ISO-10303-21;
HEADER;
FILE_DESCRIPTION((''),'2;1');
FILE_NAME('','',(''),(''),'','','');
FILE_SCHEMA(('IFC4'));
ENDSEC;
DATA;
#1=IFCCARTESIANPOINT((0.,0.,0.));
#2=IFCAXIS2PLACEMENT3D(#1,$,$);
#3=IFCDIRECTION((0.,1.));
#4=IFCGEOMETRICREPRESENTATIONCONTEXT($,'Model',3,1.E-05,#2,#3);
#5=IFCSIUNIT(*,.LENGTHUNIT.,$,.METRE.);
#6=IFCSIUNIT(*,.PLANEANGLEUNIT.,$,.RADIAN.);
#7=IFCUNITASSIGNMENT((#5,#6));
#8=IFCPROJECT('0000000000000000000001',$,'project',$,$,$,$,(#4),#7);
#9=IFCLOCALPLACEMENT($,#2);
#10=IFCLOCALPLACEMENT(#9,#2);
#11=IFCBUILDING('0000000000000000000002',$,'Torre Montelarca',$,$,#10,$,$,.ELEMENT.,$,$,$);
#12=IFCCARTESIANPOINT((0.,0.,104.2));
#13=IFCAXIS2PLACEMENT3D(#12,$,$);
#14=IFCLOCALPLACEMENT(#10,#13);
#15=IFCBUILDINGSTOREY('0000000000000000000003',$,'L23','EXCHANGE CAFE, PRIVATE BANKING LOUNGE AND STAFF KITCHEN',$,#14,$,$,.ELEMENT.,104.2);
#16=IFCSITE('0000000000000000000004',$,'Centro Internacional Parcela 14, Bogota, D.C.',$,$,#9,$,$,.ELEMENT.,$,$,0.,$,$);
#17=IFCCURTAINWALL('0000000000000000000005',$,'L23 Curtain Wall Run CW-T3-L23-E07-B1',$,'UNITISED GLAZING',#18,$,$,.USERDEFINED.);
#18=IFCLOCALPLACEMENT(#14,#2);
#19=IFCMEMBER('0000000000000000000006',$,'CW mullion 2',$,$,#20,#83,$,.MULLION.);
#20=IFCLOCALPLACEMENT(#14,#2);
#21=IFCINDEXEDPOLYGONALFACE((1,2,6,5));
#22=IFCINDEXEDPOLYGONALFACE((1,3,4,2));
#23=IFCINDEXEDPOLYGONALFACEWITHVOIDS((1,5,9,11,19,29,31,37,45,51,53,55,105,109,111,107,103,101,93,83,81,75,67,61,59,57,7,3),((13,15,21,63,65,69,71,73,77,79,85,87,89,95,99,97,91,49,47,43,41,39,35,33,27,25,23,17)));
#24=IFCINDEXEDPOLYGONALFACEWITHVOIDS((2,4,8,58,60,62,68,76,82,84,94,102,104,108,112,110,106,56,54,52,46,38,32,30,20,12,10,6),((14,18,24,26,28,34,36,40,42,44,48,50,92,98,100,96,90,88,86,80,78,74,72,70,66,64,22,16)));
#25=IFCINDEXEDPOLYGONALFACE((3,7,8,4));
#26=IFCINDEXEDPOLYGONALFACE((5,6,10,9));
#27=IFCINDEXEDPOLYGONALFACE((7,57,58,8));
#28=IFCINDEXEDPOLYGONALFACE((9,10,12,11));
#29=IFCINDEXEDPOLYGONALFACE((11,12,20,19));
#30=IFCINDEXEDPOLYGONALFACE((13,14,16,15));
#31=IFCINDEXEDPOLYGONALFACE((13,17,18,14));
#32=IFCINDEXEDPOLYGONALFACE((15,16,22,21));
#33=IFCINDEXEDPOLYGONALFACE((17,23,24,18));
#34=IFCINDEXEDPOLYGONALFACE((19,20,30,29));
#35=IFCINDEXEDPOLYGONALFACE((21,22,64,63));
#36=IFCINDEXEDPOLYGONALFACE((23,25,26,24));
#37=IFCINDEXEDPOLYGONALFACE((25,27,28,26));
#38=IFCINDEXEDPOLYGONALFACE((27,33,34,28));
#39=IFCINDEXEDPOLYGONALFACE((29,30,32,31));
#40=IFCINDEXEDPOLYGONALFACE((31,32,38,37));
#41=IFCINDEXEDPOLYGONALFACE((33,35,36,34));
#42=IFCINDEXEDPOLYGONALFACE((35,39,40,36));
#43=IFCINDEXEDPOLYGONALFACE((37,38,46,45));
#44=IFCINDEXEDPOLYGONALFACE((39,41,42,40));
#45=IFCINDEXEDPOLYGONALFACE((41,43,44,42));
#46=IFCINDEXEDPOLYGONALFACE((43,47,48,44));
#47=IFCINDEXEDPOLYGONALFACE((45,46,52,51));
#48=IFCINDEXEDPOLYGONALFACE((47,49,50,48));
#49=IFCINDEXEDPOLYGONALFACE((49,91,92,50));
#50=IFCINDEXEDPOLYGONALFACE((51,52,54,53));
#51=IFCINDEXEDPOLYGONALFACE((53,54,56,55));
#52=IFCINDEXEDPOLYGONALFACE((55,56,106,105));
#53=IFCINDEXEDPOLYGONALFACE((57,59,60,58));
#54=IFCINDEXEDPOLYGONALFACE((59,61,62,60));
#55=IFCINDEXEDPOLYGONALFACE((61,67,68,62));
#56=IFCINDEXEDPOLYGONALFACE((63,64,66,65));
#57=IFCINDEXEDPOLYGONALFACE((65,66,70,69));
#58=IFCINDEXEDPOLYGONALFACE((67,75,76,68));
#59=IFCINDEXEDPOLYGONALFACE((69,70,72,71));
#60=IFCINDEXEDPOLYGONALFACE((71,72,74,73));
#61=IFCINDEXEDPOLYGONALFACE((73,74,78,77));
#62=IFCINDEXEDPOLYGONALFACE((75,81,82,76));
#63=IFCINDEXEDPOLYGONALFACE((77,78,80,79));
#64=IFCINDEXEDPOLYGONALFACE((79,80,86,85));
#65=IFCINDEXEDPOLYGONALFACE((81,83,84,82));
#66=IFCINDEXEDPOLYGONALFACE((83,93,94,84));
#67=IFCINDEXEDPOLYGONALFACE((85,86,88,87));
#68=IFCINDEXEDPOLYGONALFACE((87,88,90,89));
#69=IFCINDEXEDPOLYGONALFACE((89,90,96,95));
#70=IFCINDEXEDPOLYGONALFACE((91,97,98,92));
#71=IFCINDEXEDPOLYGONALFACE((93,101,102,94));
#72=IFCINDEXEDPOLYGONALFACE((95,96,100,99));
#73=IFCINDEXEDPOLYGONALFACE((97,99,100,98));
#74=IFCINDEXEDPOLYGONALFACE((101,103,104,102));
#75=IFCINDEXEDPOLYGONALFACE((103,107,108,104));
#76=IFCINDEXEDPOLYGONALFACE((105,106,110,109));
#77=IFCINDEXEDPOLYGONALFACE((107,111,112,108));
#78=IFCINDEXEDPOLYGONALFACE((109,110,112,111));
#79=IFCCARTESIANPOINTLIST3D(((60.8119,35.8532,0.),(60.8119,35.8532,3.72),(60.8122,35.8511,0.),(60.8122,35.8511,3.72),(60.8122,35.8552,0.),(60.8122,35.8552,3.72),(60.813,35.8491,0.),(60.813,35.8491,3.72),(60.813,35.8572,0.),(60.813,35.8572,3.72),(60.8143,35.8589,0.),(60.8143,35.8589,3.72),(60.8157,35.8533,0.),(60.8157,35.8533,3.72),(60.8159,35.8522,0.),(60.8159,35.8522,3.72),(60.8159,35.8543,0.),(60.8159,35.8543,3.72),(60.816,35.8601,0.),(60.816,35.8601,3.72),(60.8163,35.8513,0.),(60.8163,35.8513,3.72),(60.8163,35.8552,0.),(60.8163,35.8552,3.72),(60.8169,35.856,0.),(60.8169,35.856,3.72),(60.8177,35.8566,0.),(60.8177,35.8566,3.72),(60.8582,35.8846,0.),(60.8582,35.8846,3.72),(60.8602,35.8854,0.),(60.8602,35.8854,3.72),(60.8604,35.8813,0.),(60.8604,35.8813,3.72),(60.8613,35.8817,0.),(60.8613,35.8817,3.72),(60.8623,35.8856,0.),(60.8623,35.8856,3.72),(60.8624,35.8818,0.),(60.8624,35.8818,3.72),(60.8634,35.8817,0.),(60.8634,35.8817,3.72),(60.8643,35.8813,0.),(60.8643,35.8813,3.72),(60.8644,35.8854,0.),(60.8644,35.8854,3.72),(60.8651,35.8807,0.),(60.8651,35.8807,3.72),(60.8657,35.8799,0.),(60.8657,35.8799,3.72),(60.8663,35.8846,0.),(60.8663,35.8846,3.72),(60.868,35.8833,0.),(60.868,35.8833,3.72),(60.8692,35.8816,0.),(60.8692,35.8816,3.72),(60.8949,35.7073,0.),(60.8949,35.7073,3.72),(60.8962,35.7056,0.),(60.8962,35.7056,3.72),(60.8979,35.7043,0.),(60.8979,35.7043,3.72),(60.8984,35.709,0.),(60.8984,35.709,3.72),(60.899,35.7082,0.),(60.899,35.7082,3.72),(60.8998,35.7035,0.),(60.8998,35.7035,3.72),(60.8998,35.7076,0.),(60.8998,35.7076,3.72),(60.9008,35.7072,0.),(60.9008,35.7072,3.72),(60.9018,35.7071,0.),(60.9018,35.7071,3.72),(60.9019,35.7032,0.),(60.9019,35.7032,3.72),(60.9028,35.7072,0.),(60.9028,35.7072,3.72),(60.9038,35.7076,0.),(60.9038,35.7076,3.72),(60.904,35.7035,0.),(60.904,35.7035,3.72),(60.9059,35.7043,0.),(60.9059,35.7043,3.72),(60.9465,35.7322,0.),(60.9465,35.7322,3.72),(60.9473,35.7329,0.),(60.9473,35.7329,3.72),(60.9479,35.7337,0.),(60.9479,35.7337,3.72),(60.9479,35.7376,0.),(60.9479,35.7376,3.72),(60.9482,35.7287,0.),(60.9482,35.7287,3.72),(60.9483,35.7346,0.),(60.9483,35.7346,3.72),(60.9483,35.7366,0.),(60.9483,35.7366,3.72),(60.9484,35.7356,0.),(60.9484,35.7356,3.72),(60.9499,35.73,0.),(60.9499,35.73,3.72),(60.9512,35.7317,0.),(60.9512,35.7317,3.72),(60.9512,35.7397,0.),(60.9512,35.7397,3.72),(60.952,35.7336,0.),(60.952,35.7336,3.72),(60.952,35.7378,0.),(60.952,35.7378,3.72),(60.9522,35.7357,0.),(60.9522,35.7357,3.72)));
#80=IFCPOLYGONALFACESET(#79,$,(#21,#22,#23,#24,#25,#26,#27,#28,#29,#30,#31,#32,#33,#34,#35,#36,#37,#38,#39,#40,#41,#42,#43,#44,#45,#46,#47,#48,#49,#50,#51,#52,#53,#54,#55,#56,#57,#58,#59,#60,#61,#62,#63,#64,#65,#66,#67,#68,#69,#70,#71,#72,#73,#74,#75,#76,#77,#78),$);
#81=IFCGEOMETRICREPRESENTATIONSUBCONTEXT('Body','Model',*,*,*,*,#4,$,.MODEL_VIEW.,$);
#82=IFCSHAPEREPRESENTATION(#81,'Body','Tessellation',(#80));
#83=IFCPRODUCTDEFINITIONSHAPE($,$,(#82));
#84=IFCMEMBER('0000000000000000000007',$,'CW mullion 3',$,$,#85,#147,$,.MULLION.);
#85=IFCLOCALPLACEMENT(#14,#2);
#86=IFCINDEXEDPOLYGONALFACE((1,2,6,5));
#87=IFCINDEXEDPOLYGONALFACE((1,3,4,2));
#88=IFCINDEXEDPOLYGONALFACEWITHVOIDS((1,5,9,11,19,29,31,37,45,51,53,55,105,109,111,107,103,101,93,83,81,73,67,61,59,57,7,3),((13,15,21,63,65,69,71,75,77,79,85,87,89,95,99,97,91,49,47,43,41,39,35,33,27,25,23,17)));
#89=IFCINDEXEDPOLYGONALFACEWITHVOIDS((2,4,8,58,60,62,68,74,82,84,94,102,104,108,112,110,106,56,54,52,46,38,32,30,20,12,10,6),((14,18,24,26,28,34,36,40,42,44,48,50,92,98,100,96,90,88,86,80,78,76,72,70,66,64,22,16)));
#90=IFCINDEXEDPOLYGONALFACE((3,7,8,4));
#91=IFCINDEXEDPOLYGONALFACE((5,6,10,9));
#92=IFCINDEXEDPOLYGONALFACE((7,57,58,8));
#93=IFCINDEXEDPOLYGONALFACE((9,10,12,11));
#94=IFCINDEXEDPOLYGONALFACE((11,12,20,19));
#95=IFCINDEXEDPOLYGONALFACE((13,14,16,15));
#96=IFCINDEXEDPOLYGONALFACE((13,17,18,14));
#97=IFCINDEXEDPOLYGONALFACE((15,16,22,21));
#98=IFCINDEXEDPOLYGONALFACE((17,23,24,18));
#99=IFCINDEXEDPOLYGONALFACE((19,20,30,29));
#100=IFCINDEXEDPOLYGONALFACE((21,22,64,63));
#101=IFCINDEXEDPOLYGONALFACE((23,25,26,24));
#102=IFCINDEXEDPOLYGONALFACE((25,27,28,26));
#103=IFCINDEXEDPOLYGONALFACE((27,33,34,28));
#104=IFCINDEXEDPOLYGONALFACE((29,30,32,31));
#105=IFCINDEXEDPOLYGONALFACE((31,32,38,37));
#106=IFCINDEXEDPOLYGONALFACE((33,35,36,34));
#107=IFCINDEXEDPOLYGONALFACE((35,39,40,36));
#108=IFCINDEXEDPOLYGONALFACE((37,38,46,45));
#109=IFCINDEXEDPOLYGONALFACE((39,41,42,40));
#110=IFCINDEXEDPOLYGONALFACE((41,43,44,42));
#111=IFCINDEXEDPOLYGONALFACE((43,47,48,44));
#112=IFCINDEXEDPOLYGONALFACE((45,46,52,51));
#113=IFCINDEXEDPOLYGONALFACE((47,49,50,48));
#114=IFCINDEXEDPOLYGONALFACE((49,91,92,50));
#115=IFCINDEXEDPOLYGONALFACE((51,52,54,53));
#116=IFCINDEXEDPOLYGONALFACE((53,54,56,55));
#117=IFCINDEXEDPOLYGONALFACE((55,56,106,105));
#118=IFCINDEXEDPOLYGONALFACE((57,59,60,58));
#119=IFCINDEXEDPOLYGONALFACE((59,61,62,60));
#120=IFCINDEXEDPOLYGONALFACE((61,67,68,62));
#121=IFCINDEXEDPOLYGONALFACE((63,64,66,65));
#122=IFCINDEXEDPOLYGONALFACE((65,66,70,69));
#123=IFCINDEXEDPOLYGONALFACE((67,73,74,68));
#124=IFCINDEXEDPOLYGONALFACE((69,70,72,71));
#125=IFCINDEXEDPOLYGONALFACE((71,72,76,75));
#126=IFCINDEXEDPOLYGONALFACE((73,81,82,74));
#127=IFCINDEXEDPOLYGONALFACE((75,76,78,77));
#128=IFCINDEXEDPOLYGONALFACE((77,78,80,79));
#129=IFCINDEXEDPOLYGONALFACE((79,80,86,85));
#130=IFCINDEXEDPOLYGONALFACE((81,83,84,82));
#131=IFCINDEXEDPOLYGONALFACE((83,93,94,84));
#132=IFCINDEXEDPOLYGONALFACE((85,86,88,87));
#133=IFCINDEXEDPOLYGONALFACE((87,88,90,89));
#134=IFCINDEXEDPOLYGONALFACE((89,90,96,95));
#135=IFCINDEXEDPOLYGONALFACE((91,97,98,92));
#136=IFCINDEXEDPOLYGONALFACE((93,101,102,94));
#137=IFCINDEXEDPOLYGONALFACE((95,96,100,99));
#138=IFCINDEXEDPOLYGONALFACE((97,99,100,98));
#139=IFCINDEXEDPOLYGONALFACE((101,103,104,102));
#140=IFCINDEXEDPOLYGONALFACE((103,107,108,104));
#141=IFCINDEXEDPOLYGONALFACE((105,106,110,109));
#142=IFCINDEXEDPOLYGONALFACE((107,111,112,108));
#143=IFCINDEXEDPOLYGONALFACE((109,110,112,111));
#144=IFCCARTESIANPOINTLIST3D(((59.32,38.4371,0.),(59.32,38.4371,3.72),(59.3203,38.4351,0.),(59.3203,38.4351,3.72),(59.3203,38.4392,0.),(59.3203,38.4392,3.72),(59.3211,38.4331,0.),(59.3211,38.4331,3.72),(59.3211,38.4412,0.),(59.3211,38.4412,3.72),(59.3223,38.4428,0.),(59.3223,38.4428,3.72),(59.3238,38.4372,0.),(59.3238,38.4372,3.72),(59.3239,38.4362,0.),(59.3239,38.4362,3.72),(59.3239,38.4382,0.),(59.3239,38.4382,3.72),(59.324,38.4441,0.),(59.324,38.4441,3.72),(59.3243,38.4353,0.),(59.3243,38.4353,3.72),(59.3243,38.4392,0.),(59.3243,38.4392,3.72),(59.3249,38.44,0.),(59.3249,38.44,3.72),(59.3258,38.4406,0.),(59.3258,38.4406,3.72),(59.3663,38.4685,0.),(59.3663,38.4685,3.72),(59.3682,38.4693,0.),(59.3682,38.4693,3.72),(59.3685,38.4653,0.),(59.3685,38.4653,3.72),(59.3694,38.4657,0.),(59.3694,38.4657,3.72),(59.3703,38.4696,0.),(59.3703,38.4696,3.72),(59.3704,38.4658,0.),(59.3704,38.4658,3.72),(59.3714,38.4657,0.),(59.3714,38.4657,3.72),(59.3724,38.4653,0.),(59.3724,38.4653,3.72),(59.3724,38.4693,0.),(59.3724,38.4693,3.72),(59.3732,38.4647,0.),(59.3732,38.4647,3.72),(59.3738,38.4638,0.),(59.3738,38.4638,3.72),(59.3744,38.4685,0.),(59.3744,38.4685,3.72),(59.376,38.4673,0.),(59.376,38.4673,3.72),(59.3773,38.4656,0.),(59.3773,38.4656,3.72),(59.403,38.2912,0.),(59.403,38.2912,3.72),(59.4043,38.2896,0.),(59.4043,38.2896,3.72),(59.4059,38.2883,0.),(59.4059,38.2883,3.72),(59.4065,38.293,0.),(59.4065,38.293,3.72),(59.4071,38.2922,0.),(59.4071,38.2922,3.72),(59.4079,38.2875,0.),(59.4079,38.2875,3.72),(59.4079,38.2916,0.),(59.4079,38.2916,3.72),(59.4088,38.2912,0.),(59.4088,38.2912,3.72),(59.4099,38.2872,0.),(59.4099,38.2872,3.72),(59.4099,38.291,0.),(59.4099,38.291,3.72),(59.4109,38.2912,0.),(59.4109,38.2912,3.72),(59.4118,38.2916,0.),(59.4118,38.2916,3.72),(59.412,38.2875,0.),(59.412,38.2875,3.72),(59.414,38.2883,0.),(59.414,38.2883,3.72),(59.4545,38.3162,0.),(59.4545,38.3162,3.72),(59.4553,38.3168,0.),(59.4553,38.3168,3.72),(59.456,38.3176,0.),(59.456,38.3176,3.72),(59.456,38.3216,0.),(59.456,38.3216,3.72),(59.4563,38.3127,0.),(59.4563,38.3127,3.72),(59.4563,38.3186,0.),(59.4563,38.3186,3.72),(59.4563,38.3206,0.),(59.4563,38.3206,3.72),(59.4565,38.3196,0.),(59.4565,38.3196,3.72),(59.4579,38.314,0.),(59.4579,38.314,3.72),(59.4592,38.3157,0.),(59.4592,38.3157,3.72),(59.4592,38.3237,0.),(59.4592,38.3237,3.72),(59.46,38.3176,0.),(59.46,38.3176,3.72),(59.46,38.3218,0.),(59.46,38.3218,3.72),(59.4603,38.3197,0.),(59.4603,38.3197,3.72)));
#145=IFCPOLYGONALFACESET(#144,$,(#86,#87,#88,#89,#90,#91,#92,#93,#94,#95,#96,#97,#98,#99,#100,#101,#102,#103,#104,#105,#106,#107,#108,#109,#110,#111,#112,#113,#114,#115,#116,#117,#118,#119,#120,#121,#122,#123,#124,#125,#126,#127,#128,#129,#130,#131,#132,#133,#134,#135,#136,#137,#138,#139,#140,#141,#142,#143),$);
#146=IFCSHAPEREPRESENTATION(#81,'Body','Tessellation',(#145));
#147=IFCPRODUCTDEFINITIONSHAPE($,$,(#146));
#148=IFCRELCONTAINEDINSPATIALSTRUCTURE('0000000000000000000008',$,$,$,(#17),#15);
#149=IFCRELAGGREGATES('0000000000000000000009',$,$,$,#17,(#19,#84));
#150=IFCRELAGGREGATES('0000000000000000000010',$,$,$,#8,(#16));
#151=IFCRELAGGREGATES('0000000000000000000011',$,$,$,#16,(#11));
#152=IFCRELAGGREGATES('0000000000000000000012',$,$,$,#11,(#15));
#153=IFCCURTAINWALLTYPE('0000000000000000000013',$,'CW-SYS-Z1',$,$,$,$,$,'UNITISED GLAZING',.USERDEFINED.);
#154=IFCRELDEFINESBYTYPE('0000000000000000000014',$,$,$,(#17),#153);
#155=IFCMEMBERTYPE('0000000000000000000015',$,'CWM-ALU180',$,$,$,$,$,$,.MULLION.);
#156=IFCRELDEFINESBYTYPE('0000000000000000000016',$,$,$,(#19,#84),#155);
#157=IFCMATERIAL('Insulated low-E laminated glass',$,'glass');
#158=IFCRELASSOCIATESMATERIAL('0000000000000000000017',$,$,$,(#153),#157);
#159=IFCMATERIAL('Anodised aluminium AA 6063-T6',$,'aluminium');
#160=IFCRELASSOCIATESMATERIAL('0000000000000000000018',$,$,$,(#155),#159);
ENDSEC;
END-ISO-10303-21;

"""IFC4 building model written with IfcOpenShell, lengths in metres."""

from ifc_helpers import new_model, si_unit, direction, frame, origin, origin_2d, place, context, subcontext, project, spatial, hollow_rectangle, extrude, source, transform, mapped, material, material_profile, profile_set, type_object, element, aggregate, save


model = new_model("IFC4")

# Units and contexts
model_context = context("Model", 3, precision=1e-05, world=origin(), true_north=direction((0.0, 1.0)))
body_context = subcontext(model_context, "Body", "Model", "MODEL_VIEW")
ifc_project = project(units=[si_unit("LENGTHUNIT", "METRE"), si_unit("PLANEANGLEUNIT", "RADIAN")], contexts=[model_context])

# Site, building, storey
site_placement = place(None, origin())
site = spatial("IfcSite", under=ifc_project, at=site_placement, Name="Centro Internacional Parcela 14, Bogota, D.C.", CompositionType="ELEMENT", RefElevation=0.0)
building_placement = place(site_placement, origin())
building = spatial("IfcBuilding", under=site, at=building_placement, Name="Torre Montelarca", CompositionType="ELEMENT")
storey_placement = place(building_placement, frame((0.0, 0.0, 104.2)))
storey = spatial("IfcBuildingStorey", under=building, at=storey_placement, Name="L23", Description="EXCHANGE CAFE, PRIVATE BANKING LOUNGE AND STAFF KITCHEN", CompositionType="ELEMENT", Elevation=104.2)

# Curtain wall
ifc_material_1 = material(Name="Insulated low-E laminated glass", Category="glass")
curtain_wall_type = type_object("IfcCurtainWallType", Name="CW-SYS-Z1", ElementType="UNITISED GLAZING", PredefinedType="USERDEFINED", material=ifc_material_1)
curtain_wall_1_placement = place(storey_placement, origin())
curtain_wall_1 = element("IfcCurtainWall", 1, at=curtain_wall_1_placement, inside=storey, type_object=curtain_wall_type, Name="L23 Curtain Wall Run CW-T3-L23-E07-B1", ObjectType="UNITISED GLAZING", PredefinedType="USERDEFINED")
ifc_material_2 = material(Name="Anodised aluminium AA 6063-T6", Category="aluminium")

# Members
ifc_material_profile_1 = material_profile(ifc_material_2, hollow_rectangle(XDim=0.0649, YDim=0.1799, WallThickness=0.0039, InnerFilletRadius=0.0039, OuterFilletRadius=0.0081, at=origin_2d()), Name="ALU65X180X4", Category="aluminium")
ifc_profile_set_1 = profile_set([ifc_material_profile_1], Name="Anodised aluminium AA 6063-T6")
member_type_1 = type_object("IfcMemberType", Name="CWM-ALU180", PredefinedType="MULLION", material=ifc_profile_set_1)
shared_shape_1 = source(origin(), body_context, "Body", "SweptSolid", [
    extrude(hollow_rectangle(XDim=0.0649, YDim=0.1799, WallThickness=0.0039, InnerFilletRadius=0.0039, OuterFilletRadius=0.0081, at=origin_2d()), origin(), (0.0, 0.0, 1.0), 3.72),
])
member_1_placement = place(storey_placement, frame((60.8821, 35.7944, 0.0), z_axis=(0.0, 0.0, 1.0), x_axis=(-0.866021, -0.500008, 0.0)))
member_1 = element("IfcMember", 2, at=member_1_placement, type_object=member_type_1, Name="CW mullion 2", PredefinedType="MULLION", context=body_context, shape_type="MappedRepresentation", body=[
    mapped(shared_shape_1, transform((0.0, 0.0, 0.0), scale=1.0)),
])
member_2_placement = place(storey_placement, frame((59.3901, 38.3784, 0.0), z_axis=(0.0, 0.0, 1.0), x_axis=(-0.866021, -0.500008, 0.0)))
member_2 = element("IfcMember", 3, at=member_2_placement, type_object=member_type_1, Name="CW mullion 3", PredefinedType="MULLION", context=body_context, shape_type="MappedRepresentation", body=[
    mapped(shared_shape_1, transform((0.0, 0.0, 0.0), scale=1.0)),
])

aggregate(curtain_wall_1, [member_1, member_2])

save(model, "model.ifc")
